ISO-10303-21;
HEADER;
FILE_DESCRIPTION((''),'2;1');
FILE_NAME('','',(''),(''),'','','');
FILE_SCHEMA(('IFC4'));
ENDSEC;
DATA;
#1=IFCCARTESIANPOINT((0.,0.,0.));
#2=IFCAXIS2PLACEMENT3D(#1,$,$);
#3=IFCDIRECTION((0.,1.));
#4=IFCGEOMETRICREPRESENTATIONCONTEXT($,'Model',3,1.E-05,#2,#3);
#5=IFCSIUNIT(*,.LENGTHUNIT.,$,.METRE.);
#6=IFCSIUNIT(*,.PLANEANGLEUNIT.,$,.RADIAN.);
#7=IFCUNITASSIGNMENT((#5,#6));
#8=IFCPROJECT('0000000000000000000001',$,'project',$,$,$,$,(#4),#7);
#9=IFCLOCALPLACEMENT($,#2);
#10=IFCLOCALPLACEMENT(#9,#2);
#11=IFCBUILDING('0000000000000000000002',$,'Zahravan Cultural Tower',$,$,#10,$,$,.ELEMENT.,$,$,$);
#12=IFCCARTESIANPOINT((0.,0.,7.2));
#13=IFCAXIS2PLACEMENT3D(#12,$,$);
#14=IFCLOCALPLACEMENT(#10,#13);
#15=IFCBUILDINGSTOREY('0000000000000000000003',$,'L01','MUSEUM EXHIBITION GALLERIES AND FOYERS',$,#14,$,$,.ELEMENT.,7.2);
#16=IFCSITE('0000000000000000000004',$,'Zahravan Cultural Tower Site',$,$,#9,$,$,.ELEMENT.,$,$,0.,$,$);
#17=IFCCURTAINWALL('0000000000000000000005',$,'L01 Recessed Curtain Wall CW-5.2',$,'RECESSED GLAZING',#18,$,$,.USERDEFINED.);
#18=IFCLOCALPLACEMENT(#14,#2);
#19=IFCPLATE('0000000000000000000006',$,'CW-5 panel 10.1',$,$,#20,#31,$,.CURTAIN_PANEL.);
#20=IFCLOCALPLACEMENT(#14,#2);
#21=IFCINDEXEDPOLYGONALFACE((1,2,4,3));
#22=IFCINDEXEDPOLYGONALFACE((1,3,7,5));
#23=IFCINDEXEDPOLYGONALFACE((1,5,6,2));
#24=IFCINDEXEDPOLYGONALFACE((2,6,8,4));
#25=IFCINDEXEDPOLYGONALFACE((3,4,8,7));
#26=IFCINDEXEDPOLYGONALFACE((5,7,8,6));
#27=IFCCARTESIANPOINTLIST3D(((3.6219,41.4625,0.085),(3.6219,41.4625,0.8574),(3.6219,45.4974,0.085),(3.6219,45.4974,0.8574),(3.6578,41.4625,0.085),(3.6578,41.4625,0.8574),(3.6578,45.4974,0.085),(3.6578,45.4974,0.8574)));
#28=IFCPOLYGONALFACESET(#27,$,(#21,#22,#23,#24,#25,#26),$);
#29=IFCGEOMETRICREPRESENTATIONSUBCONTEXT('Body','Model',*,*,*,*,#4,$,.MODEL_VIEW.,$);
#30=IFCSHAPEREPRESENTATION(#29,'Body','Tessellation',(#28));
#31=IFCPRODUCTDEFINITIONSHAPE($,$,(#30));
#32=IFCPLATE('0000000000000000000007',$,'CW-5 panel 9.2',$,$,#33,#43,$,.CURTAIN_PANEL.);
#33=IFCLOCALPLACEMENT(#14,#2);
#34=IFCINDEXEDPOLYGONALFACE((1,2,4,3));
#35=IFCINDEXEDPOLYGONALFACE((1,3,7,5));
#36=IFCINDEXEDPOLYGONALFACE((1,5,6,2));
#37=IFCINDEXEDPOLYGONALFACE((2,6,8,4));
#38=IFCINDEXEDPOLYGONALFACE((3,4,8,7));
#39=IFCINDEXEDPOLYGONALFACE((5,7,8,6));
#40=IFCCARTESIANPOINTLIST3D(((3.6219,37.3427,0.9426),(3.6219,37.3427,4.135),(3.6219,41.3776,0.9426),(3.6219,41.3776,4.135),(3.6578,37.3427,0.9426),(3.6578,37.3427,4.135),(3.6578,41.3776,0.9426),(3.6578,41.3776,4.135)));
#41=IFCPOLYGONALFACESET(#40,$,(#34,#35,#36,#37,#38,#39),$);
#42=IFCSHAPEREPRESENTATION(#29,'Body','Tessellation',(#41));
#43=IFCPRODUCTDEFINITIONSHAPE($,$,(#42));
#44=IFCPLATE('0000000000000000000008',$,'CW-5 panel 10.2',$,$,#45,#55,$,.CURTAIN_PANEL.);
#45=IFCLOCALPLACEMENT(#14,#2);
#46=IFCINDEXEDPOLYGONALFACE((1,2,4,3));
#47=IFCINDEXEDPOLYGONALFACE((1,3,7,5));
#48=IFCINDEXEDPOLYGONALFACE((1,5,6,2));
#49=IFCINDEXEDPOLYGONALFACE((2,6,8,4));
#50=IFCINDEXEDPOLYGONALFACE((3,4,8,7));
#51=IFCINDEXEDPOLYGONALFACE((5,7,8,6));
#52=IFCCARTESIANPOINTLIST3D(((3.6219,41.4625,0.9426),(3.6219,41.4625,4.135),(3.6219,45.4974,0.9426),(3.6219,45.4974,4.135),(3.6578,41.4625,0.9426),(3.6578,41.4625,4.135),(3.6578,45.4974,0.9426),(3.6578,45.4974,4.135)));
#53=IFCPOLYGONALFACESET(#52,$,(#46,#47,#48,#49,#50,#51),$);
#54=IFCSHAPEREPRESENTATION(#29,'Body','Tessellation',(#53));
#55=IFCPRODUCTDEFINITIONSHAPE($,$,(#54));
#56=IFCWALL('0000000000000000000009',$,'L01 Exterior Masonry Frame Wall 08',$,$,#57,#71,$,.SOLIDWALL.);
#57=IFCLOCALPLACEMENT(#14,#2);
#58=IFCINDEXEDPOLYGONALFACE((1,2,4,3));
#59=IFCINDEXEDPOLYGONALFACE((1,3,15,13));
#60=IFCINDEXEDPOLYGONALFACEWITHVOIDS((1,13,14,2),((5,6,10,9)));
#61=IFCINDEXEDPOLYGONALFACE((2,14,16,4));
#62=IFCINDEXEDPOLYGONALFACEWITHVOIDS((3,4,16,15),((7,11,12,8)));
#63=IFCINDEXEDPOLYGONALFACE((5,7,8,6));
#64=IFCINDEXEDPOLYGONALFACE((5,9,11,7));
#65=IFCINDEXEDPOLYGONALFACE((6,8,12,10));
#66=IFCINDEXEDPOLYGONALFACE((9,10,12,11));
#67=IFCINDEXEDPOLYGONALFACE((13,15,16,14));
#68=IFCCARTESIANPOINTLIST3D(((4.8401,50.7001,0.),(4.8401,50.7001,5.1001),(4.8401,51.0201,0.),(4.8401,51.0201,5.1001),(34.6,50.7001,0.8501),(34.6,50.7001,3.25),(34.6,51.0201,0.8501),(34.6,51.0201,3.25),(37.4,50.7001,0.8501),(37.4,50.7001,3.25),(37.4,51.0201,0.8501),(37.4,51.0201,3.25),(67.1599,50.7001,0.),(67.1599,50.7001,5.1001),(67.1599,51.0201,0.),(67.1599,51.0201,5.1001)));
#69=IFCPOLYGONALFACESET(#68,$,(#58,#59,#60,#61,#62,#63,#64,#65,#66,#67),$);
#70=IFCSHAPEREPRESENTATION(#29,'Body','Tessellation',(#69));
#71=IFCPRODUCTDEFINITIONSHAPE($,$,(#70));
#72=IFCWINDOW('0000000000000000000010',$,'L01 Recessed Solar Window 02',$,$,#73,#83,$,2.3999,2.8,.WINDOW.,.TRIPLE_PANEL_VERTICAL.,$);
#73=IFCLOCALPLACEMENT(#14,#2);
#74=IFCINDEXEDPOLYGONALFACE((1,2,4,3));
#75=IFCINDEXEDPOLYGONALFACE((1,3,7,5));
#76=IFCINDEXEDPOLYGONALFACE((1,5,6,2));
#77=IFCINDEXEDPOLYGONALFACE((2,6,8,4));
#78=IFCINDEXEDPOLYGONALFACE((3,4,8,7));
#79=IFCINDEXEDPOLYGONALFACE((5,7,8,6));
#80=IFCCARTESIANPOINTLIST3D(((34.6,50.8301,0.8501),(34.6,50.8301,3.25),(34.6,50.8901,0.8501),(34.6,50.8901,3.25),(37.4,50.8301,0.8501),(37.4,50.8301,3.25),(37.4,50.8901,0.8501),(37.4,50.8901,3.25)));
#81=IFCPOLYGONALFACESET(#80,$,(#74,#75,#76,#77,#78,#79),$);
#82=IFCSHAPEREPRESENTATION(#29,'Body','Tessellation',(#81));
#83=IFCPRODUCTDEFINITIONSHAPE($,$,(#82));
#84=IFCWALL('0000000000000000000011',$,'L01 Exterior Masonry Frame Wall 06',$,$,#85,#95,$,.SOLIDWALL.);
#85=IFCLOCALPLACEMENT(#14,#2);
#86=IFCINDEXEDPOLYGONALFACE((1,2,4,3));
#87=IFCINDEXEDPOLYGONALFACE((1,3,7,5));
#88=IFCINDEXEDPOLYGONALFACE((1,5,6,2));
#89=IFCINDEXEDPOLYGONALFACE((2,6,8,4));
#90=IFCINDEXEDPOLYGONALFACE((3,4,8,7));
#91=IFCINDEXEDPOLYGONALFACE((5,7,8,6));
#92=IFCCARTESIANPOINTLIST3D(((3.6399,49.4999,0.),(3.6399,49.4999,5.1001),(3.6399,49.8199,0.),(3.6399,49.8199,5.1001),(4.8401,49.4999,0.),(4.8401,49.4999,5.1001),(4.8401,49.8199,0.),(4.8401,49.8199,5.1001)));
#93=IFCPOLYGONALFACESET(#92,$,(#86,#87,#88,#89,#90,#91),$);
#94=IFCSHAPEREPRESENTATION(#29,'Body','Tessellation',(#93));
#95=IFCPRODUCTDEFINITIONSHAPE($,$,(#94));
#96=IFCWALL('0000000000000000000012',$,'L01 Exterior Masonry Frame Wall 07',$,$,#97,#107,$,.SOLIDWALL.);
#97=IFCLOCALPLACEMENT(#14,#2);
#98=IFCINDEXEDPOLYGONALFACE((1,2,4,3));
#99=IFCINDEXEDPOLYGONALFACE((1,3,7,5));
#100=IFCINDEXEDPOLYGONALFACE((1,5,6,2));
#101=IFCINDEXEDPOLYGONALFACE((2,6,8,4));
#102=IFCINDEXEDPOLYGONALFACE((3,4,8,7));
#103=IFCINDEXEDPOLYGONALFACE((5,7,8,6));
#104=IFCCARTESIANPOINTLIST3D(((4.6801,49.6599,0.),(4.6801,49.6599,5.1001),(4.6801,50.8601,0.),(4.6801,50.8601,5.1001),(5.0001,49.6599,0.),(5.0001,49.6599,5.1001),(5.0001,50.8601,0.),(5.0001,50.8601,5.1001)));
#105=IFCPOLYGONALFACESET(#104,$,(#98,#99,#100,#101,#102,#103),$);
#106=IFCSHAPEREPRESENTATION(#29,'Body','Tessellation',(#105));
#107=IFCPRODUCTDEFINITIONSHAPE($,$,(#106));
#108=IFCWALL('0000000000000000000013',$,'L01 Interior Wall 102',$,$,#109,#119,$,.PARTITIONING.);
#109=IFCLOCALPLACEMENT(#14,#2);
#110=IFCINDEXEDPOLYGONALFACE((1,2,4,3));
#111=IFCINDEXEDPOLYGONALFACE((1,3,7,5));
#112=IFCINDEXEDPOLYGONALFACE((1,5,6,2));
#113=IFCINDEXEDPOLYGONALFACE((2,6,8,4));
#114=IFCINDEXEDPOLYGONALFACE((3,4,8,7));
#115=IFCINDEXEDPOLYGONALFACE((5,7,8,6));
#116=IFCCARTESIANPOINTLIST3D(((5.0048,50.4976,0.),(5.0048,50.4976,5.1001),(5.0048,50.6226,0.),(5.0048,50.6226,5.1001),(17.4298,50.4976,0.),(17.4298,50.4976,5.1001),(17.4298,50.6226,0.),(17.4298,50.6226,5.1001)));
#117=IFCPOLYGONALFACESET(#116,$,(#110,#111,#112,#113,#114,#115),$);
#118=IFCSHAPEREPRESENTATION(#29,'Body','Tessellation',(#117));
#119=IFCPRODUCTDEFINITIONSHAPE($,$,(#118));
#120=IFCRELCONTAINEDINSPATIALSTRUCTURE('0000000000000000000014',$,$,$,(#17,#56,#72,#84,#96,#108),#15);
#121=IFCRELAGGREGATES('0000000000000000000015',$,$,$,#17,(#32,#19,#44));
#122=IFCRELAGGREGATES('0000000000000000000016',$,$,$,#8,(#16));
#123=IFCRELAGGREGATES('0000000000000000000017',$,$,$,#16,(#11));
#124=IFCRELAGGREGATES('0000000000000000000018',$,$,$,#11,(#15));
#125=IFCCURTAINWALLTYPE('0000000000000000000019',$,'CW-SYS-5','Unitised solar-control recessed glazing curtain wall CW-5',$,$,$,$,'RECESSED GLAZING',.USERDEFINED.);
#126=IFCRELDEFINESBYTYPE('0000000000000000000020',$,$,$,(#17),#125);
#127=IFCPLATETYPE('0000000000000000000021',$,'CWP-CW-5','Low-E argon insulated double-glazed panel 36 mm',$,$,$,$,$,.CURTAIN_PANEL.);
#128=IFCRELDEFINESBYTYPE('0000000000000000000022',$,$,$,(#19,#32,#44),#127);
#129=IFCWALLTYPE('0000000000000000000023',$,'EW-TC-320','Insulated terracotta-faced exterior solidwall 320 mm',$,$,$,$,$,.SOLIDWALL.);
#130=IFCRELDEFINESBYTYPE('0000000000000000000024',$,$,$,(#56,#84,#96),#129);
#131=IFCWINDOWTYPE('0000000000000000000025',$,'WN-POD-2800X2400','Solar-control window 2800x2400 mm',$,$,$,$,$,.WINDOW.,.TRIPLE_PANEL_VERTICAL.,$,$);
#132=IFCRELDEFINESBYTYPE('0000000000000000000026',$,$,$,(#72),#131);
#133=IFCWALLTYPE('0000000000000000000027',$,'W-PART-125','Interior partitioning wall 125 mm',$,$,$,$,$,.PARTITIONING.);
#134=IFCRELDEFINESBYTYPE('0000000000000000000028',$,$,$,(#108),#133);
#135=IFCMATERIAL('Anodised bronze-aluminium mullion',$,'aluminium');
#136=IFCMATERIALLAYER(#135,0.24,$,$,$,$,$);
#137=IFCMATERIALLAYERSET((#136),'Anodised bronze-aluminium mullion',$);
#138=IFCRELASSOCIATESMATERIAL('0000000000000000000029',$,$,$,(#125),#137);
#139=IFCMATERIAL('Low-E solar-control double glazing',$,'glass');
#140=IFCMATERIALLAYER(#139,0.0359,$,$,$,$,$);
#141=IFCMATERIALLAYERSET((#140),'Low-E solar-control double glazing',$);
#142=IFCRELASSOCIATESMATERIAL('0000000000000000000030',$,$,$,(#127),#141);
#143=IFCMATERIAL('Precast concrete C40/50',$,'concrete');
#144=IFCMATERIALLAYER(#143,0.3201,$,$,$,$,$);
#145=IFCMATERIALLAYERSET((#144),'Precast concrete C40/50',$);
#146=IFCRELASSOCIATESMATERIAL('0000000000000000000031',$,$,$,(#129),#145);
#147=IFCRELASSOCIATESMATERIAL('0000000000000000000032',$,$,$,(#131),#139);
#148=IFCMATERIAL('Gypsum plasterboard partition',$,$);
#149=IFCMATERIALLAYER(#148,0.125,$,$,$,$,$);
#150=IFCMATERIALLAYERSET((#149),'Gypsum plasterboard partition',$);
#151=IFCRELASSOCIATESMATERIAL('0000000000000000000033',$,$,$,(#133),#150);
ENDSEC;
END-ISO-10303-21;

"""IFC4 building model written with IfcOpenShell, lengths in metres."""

from ifc_helpers import new_model, si_unit, direction, frame, frame_2d, origin, origin_2d, place, context, subcontext, project, spatial, rectangle, extrude, source, transform, mapped, material, layer, layer_set, type_object, element, fill, aggregate, save


model = new_model("IFC4")

# Units and contexts
model_context = context("Model", 3, precision=1e-05, world=origin(), true_north=direction((0.0, 1.0)))
body_context = subcontext(model_context, "Body", "Model", "MODEL_VIEW")
ifc_project = project(units=[si_unit("LENGTHUNIT", "METRE"), si_unit("PLANEANGLEUNIT", "RADIAN")], contexts=[model_context])

# Site, building, storey
site_placement = place(None, origin())
site = spatial("IfcSite", under=ifc_project, at=site_placement, Name="Zahravan Cultural Tower Site", CompositionType="ELEMENT", RefElevation=0.0)
building_placement = place(site_placement, origin())
building = spatial("IfcBuilding", under=site, at=building_placement, Name="Zahravan Cultural Tower", CompositionType="ELEMENT")
storey_placement = place(building_placement, frame((0.0, 0.0, 7.2)))
storey = spatial("IfcBuildingStorey", under=building, at=storey_placement, Name="L01", Description="MUSEUM EXHIBITION GALLERIES AND FOYERS", CompositionType="ELEMENT", Elevation=7.2)

# Curtain wall, plates
ifc_material_1 = material(Name="Anodised bronze-aluminium mullion", Category="aluminium")
ifc_layer_1 = layer(ifc_material_1, 0.24)
ifc_layer_set_1 = layer_set([ifc_layer_1], Name="Anodised bronze-aluminium mullion")
curtain_wall_type = type_object("IfcCurtainWallType", Name="CW-SYS-5", Description="Unitised solar-control recessed glazing curtain wall CW-5", ElementType="RECESSED GLAZING", PredefinedType="USERDEFINED", material=ifc_layer_set_1)
curtain_wall_placement = place(storey_placement, origin())
curtain_wall = element("IfcCurtainWall", 1, at=curtain_wall_placement, inside=storey, type_object=curtain_wall_type, Name="L01 Recessed Curtain Wall CW-5.2", ObjectType="RECESSED GLAZING", PredefinedType="USERDEFINED")
ifc_material_2 = material(Name="Low-E solar-control double glazing", Category="glass")
ifc_layer_2 = layer(ifc_material_2, 0.0359)
ifc_layer_set_2 = layer_set([ifc_layer_2], Name="Low-E solar-control double glazing")
plate_type = type_object("IfcPlateType", Name="CWP-CW-5", Description="Low-E argon insulated double-glazed panel 36 mm", PredefinedType="CURTAIN_PANEL", material=ifc_layer_set_2)
shared_shape_1 = source(origin(), body_context, "Body", "SweptSolid", [
    extrude(rectangle(XDim=4.0349, YDim=0.0359, at=origin_2d()), origin(), (0.0, 0.0, 1.0), 0.7725),
])
plate_1_placement = place(storey_placement, frame((3.6399, 43.48, 0.085), z_axis=(0.0, 0.0, 1.0), x_axis=(0.0, 1.0, 0.0)))
plate_1 = element("IfcPlate", 2, at=plate_1_placement, type_object=plate_type, Name="CW-5 panel 10.1", PredefinedType="CURTAIN_PANEL", context=body_context, shape_type="MappedRepresentation", body=[
    mapped(shared_shape_1, transform((0.0, 0.0, 0.0), x_axis=(1.0, 0.0, 0.0), y_axis=(0.0, 1.0, 0.0), z_axis=(0.0, 0.0, 1.0), scale=1.0)),
])
shared_shape_2 = source(origin(), body_context, "Body", "SweptSolid", [
    extrude(rectangle(XDim=4.0349, YDim=0.0359, at=origin_2d()), origin(), (0.0, 0.0, 1.0), 3.1924),
])
plate_2_placement = place(storey_placement, frame((3.6399, 39.3601, 0.9426), z_axis=(0.0, 0.0, 1.0), x_axis=(0.0, 1.0, 0.0)))
plate_2 = element("IfcPlate", 3, at=plate_2_placement, type_object=plate_type, Name="CW-5 panel 9.2", PredefinedType="CURTAIN_PANEL", context=body_context, shape_type="MappedRepresentation", body=[
    mapped(shared_shape_2, transform((0.0, 0.0, 0.0), x_axis=(1.0, 0.0, 0.0), y_axis=(0.0, 1.0, 0.0), z_axis=(0.0, 0.0, 1.0), scale=1.0)),
])
plate_3_placement = place(storey_placement, frame((3.6399, 43.48, 0.9426), z_axis=(0.0, 0.0, 1.0), x_axis=(0.0, 1.0, 0.0)))
plate_3 = element("IfcPlate", 4, at=plate_3_placement, type_object=plate_type, Name="CW-5 panel 10.2", PredefinedType="CURTAIN_PANEL", context=body_context, shape_type="MappedRepresentation", body=[
    mapped(shared_shape_2, transform((0.0, 0.0, 0.0), x_axis=(1.0, 0.0, 0.0), y_axis=(0.0, 1.0, 0.0), z_axis=(0.0, 0.0, 1.0), scale=1.0)),
])
aggregate(curtain_wall, [plate_2, plate_1, plate_3])

# Wall, opening, window
ifc_material_3 = material(Name="Precast concrete C40/50", Category="concrete")
ifc_layer_3 = layer(ifc_material_3, 0.3201)
ifc_layer_set_3 = layer_set([ifc_layer_3], Name="Precast concrete C40/50")
wall_type_1 = type_object("IfcWallType", Name="EW-TC-320", Description="Insulated terracotta-faced exterior solidwall 320 mm", PredefinedType="SOLIDWALL", material=ifc_layer_set_3)
wall_1_placement = place(storey_placement, frame((4.8401, 50.8601, 0.0), z_axis=(0.0, 0.0, 1.0), x_axis=(1.0, 0.0, 0.0)))
wall_1 = element("IfcWall", 5, at=wall_1_placement, inside=storey, type_object=wall_type_1, Name="L01 Exterior Masonry Frame Wall 08", PredefinedType="SOLIDWALL", context=body_context, shape_type="SweptSolid", body=[
    extrude(rectangle(XDim=62.3198, YDim=0.3201, at=frame_2d((31.1599, 0.0))), origin(), (0.0, 0.0, 1.0), 5.1001),
])
opening_placement = place(wall_1_placement, frame((29.76, 0.0, 0.8501)))
opening = element("IfcOpeningElement", 6, at=opening_placement, cuts=wall_1, PredefinedType="OPENING", context=body_context, shape_type="SweptSolid", body=[
    extrude(rectangle(XDim=2.8, YDim=2.3999, at=frame_2d((1.3999, 1.2))), frame((0.0, 0.1699, 0.0), z_axis=(0.0, -1.0, 0.0), x_axis=(1.0, 0.0, 0.0)), (0.0, 0.0, 1.0), 0.3401),
])
window_type = type_object("IfcWindowType", Name="WN-POD-2800X2400", Description="Solar-control window 2800x2400 mm", PartitioningType="TRIPLE_PANEL_VERTICAL", PredefinedType="WINDOW", material=ifc_material_2)
shared_shape_3 = source(origin(), body_context, "Body", "SweptSolid", [
    extrude(rectangle(XDim=2.8, YDim=2.3999, at=frame_2d((1.3999, 1.2))), frame((0.0, 0.03, 0.0), z_axis=(0.0, -1.0, 0.0), x_axis=(1.0, 0.0, 0.0)), (0.0, 0.0, 1.0), 0.0601),
])
window_placement = place(opening_placement, origin())
window = element("IfcWindow", 7, at=window_placement, inside=storey, type_object=window_type, Name="L01 Recessed Solar Window 02", OverallHeight=2.3999, OverallWidth=2.8, PartitioningType="TRIPLE_PANEL_VERTICAL", PredefinedType="WINDOW", context=body_context, shape_type="MappedRepresentation", body=[
    mapped(shared_shape_3, transform((0.0, 0.0, 0.0), x_axis=(1.0, 0.0, 0.0), y_axis=(0.0, 1.0, 0.0), z_axis=(0.0, 0.0, 1.0), scale=1.0)),
])
fill(opening, window)

# Walls
shared_shape_4 = source(origin(), body_context, "Body", "SweptSolid", [
    extrude(rectangle(XDim=1.2002, YDim=0.3201, at=frame_2d((0.6001, 0.0))), origin(), (0.0, 0.0, 1.0), 5.1001),
])
for number, where, z_axis, x_axis, name in (
    (8, (3.6399, 49.6599, 0.0), (0.0, 0.0, 1.0), (1.0, 0.0, 0.0), "L01 Exterior Masonry Frame Wall 06"),
    (9, (4.8401, 49.6599, 0.0), (0.0, 0.0, 1.0), (0.0, 1.0, 0.0), "L01 Exterior Masonry Frame Wall 07"),
):
    element("IfcWall", number, at=place(storey_placement, frame(where, z_axis=z_axis, x_axis=x_axis)), inside=storey, type_object=wall_type_1, Name=name, PredefinedType="SOLIDWALL", context=body_context, shape_type="MappedRepresentation", body=[
        mapped(shared_shape_4, transform((0.0, 0.0, 0.0), x_axis=(1.0, 0.0, 0.0), y_axis=(0.0, 1.0, 0.0), z_axis=(0.0, 0.0, 1.0), scale=1.0)),
    ])
ifc_material_4 = material(Name="Gypsum plasterboard partition")
ifc_layer_4 = layer(ifc_material_4, 0.125)
ifc_layer_set_4 = layer_set([ifc_layer_4], Name="Gypsum plasterboard partition")
wall_type_2 = type_object("IfcWallType", Name="W-PART-125", Description="Interior partitioning wall 125 mm", PredefinedType="PARTITIONING", material=ifc_layer_set_4)
shared_shape_5 = source(origin(), body_context, "Body", "SweptSolid", [
    extrude(rectangle(XDim=12.425, YDim=0.125, at=frame_2d((6.2124, 0.0))), origin(), (0.0, 0.0, 1.0), 5.1001),
])
wall_2_placement = place(storey_placement, frame((5.0049, 50.5601, 0.0), z_axis=(0.0, 0.0, 1.0), x_axis=(1.0, 0.0, 0.0)))
element("IfcWall", 10, at=wall_2_placement, inside=storey, type_object=wall_type_2, Name="L01 Interior Wall 102", PredefinedType="PARTITIONING", context=body_context, shape_type="MappedRepresentation", body=[
    mapped(shared_shape_5, transform((0.0, 0.0, 0.0), x_axis=(1.0, 0.0, 0.0), y_axis=(0.0, 1.0, 0.0), z_axis=(0.0, 0.0, 1.0), scale=1.0)),
])

save(model, "model.ifc")
